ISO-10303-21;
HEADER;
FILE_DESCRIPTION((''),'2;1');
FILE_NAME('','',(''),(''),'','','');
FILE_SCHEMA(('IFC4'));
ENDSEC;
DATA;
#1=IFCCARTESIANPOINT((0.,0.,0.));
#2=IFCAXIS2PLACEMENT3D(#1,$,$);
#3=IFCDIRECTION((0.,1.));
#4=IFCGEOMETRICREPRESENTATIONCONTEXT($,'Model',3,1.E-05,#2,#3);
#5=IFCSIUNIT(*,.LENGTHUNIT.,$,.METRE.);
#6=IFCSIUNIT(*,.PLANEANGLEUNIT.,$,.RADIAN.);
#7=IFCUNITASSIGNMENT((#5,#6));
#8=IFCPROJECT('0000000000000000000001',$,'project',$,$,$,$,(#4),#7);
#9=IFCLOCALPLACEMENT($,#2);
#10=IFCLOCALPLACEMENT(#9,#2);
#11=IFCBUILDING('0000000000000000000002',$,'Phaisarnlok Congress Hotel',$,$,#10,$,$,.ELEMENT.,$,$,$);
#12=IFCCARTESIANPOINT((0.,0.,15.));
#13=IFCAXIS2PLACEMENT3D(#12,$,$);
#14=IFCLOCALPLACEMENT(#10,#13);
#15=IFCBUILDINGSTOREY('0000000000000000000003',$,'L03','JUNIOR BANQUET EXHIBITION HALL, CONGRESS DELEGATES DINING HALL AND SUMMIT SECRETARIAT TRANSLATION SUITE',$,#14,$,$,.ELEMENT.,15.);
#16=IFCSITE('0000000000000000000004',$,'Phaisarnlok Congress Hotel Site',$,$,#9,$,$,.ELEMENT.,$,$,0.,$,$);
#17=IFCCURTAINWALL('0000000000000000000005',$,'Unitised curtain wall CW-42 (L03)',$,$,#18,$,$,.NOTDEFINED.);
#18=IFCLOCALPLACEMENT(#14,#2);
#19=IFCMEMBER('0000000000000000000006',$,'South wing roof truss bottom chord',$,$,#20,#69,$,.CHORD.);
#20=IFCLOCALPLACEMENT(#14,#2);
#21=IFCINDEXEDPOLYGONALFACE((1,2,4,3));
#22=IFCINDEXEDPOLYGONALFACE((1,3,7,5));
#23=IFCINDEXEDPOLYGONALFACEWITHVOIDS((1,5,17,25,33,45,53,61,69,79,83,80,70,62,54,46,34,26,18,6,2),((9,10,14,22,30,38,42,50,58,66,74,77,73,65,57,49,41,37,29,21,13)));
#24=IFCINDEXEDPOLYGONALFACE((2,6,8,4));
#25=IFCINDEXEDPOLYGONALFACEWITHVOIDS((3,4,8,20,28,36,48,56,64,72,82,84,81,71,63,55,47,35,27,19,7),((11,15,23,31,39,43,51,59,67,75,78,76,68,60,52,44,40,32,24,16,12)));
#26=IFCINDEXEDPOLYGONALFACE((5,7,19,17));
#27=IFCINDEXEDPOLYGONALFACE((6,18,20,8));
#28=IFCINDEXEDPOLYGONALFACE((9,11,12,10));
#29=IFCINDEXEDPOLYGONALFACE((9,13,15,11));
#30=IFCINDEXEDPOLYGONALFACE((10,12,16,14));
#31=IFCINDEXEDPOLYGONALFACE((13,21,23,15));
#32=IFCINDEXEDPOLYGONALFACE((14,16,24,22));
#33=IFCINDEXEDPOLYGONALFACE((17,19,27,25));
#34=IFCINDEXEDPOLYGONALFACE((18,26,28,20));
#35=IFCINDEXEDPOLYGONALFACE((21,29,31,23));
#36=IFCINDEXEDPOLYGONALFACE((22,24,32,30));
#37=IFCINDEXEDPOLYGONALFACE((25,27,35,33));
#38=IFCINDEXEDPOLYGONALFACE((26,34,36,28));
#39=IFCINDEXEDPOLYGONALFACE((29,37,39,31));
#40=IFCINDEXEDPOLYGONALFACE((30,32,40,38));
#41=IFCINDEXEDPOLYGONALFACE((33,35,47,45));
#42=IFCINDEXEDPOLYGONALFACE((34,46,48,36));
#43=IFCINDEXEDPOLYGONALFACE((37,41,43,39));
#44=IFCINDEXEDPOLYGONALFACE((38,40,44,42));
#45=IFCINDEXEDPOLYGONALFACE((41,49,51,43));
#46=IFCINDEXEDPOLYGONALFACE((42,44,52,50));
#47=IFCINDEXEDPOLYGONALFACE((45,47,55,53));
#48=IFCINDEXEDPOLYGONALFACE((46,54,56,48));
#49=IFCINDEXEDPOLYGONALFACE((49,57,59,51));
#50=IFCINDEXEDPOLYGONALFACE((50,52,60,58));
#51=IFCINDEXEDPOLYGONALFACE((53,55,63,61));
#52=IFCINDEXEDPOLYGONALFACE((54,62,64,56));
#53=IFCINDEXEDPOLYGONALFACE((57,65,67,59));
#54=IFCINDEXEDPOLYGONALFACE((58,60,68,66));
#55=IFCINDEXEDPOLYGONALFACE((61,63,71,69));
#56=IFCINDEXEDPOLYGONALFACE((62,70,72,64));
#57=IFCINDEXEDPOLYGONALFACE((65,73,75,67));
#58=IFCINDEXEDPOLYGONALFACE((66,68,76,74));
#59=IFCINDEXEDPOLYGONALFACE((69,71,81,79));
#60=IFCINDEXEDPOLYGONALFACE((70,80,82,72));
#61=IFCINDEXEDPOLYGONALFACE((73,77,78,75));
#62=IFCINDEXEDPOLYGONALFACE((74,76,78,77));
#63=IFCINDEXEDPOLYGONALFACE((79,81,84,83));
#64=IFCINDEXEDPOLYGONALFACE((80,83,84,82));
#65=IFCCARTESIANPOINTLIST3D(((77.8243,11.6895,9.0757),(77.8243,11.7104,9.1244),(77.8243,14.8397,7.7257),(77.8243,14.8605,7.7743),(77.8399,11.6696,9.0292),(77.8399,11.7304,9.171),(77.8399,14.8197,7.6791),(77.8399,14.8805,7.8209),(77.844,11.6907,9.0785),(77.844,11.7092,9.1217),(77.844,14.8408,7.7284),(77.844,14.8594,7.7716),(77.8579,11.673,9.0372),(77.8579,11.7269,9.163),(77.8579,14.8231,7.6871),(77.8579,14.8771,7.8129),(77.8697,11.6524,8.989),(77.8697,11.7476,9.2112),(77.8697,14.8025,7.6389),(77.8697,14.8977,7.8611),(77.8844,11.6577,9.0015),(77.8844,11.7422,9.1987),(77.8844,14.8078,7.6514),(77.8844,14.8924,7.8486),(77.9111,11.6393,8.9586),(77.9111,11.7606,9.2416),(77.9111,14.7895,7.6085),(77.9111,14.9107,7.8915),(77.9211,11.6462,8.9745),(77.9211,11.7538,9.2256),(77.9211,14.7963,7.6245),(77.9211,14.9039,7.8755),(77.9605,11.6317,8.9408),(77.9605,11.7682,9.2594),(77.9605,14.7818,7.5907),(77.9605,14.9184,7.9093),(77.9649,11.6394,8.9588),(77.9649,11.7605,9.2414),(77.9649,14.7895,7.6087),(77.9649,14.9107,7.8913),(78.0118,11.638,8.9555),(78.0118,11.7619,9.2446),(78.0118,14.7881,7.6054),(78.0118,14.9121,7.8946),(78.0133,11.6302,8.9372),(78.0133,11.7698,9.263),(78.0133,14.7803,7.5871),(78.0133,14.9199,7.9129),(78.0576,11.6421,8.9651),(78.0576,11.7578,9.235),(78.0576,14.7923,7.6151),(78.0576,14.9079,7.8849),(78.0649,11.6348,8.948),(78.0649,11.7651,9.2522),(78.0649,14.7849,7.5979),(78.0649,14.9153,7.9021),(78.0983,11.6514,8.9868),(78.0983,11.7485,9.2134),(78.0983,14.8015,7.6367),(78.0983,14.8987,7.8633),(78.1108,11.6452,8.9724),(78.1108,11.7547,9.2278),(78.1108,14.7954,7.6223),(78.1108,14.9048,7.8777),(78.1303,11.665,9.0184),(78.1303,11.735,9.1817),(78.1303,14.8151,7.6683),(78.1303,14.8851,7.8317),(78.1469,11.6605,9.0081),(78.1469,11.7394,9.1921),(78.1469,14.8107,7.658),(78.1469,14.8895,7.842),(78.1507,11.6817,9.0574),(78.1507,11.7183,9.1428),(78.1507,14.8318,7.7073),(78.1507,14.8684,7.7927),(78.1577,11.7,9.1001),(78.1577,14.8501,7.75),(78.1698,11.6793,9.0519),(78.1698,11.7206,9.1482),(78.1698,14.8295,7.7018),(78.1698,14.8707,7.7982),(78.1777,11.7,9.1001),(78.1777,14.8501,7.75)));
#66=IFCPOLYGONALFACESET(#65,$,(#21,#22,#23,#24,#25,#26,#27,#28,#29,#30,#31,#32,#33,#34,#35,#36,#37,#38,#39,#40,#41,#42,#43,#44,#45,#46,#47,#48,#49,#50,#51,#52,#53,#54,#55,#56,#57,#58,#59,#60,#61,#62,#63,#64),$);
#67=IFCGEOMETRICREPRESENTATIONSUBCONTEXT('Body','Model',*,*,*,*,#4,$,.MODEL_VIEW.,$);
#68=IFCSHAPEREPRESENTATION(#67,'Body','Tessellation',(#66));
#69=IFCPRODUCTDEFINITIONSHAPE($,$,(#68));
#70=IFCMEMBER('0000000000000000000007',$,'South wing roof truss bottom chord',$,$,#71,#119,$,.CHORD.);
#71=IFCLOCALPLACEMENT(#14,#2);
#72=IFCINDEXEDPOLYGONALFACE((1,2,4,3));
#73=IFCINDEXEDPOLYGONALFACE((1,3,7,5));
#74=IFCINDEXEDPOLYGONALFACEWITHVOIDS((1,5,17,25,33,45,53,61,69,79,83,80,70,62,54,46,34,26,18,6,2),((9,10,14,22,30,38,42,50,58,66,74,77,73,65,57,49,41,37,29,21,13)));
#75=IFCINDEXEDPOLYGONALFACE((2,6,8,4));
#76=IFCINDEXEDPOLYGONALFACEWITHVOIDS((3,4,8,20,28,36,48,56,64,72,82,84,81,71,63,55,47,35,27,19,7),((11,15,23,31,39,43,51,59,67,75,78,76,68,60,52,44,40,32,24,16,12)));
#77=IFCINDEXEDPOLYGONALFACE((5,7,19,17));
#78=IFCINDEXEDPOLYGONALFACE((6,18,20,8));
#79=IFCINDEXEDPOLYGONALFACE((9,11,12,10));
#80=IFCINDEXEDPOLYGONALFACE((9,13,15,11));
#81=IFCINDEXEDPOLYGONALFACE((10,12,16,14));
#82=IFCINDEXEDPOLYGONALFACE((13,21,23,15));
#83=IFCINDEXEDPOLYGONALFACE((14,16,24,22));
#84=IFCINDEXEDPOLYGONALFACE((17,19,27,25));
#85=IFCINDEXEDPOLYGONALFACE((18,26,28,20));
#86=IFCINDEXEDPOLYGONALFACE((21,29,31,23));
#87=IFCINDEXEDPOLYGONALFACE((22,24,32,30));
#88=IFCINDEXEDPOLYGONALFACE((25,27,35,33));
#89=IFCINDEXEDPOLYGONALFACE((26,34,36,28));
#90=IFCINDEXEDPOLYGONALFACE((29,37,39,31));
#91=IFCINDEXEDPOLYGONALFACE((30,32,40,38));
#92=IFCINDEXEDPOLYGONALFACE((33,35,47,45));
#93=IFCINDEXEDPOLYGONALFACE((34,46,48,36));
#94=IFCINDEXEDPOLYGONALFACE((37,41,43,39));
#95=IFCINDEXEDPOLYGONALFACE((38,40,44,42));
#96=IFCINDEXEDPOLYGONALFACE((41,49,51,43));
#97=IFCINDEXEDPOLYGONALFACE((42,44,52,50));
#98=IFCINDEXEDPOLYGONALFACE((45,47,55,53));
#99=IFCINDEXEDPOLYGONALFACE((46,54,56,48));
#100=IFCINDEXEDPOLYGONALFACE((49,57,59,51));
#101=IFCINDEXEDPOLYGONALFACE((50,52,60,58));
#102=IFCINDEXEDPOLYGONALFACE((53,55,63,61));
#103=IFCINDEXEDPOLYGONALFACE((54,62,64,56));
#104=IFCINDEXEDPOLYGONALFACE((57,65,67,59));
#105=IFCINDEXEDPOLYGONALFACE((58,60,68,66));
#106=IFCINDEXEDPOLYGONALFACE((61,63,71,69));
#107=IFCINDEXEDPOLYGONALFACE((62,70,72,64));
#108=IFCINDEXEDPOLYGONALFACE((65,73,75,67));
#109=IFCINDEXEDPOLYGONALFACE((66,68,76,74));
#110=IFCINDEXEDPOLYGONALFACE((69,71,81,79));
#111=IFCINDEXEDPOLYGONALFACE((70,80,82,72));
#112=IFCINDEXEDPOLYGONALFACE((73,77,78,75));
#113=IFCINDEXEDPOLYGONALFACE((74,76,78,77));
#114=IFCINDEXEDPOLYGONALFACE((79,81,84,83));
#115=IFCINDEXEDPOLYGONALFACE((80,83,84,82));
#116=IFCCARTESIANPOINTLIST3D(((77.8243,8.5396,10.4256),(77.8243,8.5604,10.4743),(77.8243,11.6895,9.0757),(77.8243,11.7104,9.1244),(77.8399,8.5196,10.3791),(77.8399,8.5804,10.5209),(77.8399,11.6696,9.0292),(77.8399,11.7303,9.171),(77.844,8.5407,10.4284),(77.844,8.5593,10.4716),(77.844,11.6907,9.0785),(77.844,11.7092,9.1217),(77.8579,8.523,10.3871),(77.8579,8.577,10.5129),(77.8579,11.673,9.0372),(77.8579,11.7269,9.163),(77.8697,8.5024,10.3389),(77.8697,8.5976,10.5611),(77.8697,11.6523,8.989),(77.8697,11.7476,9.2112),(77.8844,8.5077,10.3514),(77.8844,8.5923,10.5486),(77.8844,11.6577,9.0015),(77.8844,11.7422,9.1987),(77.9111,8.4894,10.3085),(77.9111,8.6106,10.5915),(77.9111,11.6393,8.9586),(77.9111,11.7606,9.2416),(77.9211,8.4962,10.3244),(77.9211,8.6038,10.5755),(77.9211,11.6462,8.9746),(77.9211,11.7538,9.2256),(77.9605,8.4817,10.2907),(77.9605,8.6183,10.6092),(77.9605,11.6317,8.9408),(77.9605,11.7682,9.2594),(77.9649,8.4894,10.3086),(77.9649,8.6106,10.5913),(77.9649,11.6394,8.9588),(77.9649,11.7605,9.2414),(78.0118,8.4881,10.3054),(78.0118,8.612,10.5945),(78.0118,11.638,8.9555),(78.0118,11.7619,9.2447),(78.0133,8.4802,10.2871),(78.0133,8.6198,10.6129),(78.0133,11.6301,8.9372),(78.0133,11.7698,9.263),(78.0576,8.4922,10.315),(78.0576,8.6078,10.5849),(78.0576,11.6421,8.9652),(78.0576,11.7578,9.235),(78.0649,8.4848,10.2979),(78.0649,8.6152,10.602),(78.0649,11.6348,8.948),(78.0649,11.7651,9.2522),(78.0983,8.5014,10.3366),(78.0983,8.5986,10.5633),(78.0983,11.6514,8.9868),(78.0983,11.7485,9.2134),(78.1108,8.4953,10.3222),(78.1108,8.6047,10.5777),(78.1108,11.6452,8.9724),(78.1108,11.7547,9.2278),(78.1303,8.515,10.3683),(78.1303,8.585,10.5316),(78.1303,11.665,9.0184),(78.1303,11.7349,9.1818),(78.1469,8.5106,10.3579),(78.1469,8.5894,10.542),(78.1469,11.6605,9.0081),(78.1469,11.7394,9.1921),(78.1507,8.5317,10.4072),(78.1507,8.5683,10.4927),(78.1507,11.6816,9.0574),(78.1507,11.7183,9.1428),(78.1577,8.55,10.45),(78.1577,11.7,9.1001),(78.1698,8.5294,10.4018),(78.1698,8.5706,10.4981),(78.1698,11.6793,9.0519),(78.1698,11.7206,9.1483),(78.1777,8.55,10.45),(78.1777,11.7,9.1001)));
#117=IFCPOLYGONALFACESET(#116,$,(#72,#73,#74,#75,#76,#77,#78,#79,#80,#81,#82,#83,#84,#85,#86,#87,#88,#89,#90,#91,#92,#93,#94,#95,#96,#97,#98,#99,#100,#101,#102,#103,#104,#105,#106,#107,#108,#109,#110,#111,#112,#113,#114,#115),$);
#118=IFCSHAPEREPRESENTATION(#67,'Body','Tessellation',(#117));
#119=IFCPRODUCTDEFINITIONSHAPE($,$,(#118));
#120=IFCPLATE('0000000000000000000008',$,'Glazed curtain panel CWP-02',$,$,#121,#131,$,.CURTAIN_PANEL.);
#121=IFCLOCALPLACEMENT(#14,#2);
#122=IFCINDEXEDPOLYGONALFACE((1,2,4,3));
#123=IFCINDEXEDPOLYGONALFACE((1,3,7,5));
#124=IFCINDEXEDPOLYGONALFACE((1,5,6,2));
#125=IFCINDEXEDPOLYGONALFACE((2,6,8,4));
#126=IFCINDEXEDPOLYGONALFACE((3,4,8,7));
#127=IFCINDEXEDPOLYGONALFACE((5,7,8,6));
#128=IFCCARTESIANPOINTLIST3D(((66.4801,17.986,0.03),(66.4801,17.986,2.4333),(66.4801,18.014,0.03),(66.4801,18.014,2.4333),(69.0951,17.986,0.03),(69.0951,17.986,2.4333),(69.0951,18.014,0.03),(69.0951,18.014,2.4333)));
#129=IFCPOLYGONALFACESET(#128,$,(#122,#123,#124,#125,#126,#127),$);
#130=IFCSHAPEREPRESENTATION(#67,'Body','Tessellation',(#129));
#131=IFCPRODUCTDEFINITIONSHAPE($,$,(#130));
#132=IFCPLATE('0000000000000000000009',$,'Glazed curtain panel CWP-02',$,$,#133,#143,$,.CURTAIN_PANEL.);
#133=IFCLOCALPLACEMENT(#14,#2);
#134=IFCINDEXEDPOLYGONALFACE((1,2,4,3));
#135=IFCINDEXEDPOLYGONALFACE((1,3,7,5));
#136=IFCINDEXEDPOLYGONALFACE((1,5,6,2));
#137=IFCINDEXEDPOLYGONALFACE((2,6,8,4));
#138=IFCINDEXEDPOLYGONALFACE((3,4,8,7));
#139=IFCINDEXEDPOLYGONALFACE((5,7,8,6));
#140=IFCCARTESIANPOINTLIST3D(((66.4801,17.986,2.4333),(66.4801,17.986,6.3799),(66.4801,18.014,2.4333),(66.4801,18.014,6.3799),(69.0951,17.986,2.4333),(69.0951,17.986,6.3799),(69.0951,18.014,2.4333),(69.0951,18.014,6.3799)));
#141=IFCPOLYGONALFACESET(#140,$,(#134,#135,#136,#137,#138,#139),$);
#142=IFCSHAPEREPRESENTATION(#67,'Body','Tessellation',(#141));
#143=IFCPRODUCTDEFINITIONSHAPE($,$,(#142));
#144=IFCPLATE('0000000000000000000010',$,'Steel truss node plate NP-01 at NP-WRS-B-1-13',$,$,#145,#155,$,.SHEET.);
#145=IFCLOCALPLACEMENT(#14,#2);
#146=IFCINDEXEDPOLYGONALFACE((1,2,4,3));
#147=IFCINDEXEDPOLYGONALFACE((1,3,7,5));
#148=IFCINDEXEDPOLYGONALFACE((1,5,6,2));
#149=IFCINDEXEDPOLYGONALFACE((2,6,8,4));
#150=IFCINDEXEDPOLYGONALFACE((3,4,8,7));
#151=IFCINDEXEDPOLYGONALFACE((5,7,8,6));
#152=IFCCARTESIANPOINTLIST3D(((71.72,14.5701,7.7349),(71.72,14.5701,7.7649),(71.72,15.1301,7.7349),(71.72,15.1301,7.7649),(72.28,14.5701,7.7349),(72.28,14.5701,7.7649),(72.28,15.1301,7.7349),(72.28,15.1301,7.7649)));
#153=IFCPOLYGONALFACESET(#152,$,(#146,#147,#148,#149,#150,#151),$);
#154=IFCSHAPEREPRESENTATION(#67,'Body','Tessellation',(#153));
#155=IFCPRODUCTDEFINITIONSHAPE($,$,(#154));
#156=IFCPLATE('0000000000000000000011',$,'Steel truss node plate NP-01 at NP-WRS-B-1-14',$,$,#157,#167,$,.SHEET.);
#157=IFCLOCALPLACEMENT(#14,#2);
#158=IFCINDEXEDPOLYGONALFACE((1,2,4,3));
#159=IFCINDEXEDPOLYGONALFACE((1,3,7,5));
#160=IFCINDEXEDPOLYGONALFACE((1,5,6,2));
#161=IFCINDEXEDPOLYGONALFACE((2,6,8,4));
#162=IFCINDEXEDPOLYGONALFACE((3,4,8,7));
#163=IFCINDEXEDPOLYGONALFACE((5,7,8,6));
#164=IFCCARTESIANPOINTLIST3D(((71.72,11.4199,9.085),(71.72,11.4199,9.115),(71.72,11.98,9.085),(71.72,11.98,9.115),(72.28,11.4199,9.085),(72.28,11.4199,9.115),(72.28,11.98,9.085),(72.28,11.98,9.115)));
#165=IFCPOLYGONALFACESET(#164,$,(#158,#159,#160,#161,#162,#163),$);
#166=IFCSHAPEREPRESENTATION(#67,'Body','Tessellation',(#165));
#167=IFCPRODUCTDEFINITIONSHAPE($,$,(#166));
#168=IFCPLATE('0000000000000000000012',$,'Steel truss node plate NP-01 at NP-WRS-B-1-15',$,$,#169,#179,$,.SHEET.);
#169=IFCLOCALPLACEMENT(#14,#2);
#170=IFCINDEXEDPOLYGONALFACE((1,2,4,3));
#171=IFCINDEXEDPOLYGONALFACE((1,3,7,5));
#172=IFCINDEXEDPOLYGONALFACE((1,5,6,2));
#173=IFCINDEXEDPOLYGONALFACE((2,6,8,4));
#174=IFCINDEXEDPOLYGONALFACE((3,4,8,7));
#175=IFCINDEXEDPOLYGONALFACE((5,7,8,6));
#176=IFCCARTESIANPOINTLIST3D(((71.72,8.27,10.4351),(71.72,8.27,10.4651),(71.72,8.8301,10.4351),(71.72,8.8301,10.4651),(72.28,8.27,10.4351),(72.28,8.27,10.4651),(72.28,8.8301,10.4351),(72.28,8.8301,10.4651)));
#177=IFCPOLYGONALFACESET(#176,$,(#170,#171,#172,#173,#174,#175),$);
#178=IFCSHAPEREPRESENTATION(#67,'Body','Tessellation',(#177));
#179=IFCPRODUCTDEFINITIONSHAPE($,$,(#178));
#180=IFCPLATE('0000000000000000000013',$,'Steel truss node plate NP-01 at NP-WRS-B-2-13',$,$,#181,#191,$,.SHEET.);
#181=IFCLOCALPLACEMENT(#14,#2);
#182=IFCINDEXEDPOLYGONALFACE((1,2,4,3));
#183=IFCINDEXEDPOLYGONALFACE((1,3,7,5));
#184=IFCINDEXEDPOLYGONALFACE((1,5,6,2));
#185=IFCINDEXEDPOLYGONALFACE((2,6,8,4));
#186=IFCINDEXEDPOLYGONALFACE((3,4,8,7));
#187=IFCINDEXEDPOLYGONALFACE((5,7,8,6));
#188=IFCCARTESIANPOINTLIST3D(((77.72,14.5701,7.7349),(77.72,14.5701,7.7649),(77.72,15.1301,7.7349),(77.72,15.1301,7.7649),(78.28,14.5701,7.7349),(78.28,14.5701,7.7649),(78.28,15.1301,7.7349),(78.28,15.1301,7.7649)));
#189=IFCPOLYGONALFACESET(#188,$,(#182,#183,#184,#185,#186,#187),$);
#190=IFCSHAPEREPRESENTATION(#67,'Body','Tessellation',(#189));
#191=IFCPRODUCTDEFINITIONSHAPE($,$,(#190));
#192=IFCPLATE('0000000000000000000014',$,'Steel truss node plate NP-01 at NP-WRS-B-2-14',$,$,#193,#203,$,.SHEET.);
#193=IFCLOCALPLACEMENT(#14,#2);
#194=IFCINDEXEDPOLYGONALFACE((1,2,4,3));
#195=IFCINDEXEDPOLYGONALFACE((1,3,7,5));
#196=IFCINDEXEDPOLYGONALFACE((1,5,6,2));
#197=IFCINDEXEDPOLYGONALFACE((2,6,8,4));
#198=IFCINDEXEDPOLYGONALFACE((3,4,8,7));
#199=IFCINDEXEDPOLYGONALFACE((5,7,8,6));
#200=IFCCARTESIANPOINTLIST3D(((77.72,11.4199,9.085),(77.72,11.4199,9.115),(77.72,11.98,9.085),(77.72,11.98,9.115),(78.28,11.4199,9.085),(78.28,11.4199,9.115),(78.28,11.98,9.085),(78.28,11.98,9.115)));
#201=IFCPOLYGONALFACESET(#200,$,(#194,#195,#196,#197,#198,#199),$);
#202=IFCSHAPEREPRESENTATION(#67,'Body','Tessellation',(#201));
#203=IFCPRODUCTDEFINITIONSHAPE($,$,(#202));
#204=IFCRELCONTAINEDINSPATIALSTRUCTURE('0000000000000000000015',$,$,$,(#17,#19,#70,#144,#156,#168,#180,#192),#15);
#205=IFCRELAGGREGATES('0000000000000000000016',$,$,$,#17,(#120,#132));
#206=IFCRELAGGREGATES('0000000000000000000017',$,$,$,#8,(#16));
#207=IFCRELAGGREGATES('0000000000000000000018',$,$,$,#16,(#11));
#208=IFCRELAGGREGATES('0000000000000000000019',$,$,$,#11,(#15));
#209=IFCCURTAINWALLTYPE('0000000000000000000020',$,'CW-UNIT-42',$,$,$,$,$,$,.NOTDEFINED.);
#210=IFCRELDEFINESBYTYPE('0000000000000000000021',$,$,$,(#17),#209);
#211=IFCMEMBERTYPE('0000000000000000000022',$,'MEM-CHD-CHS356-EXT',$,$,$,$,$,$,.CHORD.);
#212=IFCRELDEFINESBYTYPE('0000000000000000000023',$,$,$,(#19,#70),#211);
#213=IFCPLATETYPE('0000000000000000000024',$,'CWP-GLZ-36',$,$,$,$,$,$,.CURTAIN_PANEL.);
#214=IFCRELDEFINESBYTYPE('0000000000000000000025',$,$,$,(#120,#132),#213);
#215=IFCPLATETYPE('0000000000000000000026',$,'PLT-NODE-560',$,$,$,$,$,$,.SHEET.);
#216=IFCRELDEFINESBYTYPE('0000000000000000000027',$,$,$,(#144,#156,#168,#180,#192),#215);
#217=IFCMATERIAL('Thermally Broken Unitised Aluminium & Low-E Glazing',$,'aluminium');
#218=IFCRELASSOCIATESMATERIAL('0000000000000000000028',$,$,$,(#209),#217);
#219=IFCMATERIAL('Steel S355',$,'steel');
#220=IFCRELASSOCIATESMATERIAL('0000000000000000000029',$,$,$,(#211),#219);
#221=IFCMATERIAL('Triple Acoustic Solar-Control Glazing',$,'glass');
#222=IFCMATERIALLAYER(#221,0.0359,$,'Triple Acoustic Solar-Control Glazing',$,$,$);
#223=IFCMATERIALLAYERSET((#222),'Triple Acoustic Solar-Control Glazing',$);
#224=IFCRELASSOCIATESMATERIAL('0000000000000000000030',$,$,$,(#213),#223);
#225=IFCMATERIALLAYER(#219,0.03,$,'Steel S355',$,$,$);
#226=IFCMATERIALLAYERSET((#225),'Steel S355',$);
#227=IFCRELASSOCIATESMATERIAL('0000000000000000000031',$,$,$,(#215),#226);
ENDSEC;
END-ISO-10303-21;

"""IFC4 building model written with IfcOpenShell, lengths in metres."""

from ifc_helpers import new_model, si_unit, direction, frame, frame_2d, origin, origin_2d, place, context, subcontext, project, spatial, rectangle, hollow_circle, extrude, material, layer, layer_set, material_profile, profile_set, type_object, element, aggregate, save


model = new_model("IFC4")

# Units and contexts
model_context = context("Model", 3, precision=1e-05, world=origin(), true_north=direction((0.0, 1.0)))
body_context = subcontext(model_context, "Body", "Model", "MODEL_VIEW")
ifc_project = project(units=[si_unit("LENGTHUNIT", "METRE"), si_unit("PLANEANGLEUNIT", "RADIAN")], contexts=[model_context])

# Site, building, storey
site_placement = place(None, origin())
site = spatial("IfcSite", under=ifc_project, at=site_placement, Name="Phaisarnlok Congress Hotel Site", CompositionType="ELEMENT", RefElevation=0.0)
building_placement = place(site_placement, origin())
building = spatial("IfcBuilding", under=site, at=building_placement, Name="Phaisarnlok Congress Hotel", CompositionType="ELEMENT")
storey_placement = place(building_placement, frame((0.0, 0.0, 15.0)))
storey = spatial("IfcBuildingStorey", under=building, at=storey_placement, Name="L03", Description="JUNIOR BANQUET EXHIBITION HALL, CONGRESS DELEGATES DINING HALL AND SUMMIT SECRETARIAT TRANSLATION SUITE", CompositionType="ELEMENT", Elevation=15.0)

# Curtain wall
ifc_material_1 = material(Name="Thermally Broken Unitised Aluminium & Low-E Glazing", Category="aluminium")
curtain_wall_type = type_object("IfcCurtainWallType", Name="CW-UNIT-42", PredefinedType="NOTDEFINED", material=ifc_material_1)
curtain_wall_placement = place(storey_placement, origin())
curtain_wall = element("IfcCurtainWall", 1, at=curtain_wall_placement, inside=storey, type_object=curtain_wall_type, Name="Unitised curtain wall CW-42 (L03)", PredefinedType="NOTDEFINED")

# Members
ifc_material_2 = material(Name="Steel S355", Category="steel")
ifc_material_profile_1 = material_profile(ifc_material_2, hollow_circle(Radius=0.1777, WallThickness=0.02, at=origin_2d()), Name="CHS 355.6x20")
ifc_profile_set_1 = profile_set([ifc_material_profile_1], Name="Steel S355")
member_type_1 = type_object("IfcMemberType", Name="MEM-CHD-CHS356-EXT", PredefinedType="CHORD", material=ifc_profile_set_1)
member_1_placement = place(storey_placement, frame((78.0, 14.8501, 7.75), z_axis=(0.0, -0.919141, 0.393928), x_axis=(1.0, 0.0, 0.0)))
element("IfcMember", 2, at=member_1_placement, inside=storey, type_object=member_type_1, Name="South wing roof truss bottom chord", PredefinedType="CHORD", context=body_context, shape_type="SweptSolid", body=[
    extrude(hollow_circle(Radius=0.1777, WallThickness=0.02, at=origin_2d()), origin(), (0.0, 0.0, 1.0), 3.4272),
])
member_2_placement = place(storey_placement, frame((78.0, 11.7, 9.1001), z_axis=(0.0, -0.919156, 0.393894), x_axis=(1.0, 0.0, 0.0)))
element("IfcMember", 3, at=member_2_placement, inside=storey, type_object=member_type_1, Name="South wing roof truss bottom chord", PredefinedType="CHORD", context=body_context, shape_type="SweptSolid", body=[
    extrude(hollow_circle(Radius=0.1777, WallThickness=0.02, at=origin_2d()), origin(), (0.0, 0.0, 1.0), 3.427),
])

# Plates
ifc_material_3 = material(Name="Triple Acoustic Solar-Control Glazing", Category="glass")
ifc_layer_1 = layer(ifc_material_3, 0.0359, Name="Triple Acoustic Solar-Control Glazing")
ifc_layer_set_1 = layer_set([ifc_layer_1], Name="Triple Acoustic Solar-Control Glazing")
plate_type_1 = type_object("IfcPlateType", Name="CWP-GLZ-36", PredefinedType="CURTAIN_PANEL", material=ifc_layer_set_1)
plate_1_placement = place(storey_placement, frame((66.48, 18.0, 0.03), z_axis=(0.0, 0.0, 1.0), x_axis=(1.0, 0.0, 0.0)))
plate_1 = element("IfcPlate", 4, at=plate_1_placement, type_object=plate_type_1, Name="Glazed curtain panel CWP-02", PredefinedType="CURTAIN_PANEL", context=body_context, shape_type="SweptSolid", body=[
    extrude(rectangle(XDim=2.615, YDim=0.0281, at=frame_2d((1.3076, 0.0))), origin(), (0.0, 0.0, 1.0), 2.4033),
])
plate_2_placement = place(storey_placement, frame((66.48, 18.0, 2.4333), z_axis=(0.0, 0.0, 1.0), x_axis=(1.0, 0.0, 0.0)))
plate_2 = element("IfcPlate", 5, at=plate_2_placement, type_object=plate_type_1, Name="Glazed curtain panel CWP-02", PredefinedType="CURTAIN_PANEL", context=body_context, shape_type="SweptSolid", body=[
    extrude(rectangle(XDim=2.615, YDim=0.0281, at=frame_2d((1.3076, 0.0))), origin(), (0.0, 0.0, 1.0), 3.9465),
])
aggregate(curtain_wall, [plate_1, plate_2])

# Plates
ifc_layer_2 = layer(ifc_material_2, 0.03, Name="Steel S355")
ifc_layer_set_2 = layer_set([ifc_layer_2], Name="Steel S355")
plate_type_2 = type_object("IfcPlateType", Name="PLT-NODE-560", PredefinedType="SHEET", material=ifc_layer_set_2)
for number, where, z_axis, x_axis, name in (
    (6, (72.0, 14.8501, 7.7349), (0.0, 0.0, 1.0), (1.0, 0.0, 0.0), "Steel truss node plate NP-01 at NP-WRS-B-1-13"),
    (7, (72.0, 11.7, 9.085), (0.0, 0.0, 1.0), (1.0, 0.0, 0.0), "Steel truss node plate NP-01 at NP-WRS-B-1-14"),
    (8, (72.0, 8.55, 10.4351), (0.0, 0.0, 1.0), (1.0, 0.0, 0.0), "Steel truss node plate NP-01 at NP-WRS-B-1-15"),
    (9, (78.0, 14.8501, 7.7349), (0.0, 0.0, 1.0), (1.0, 0.0, 0.0), "Steel truss node plate NP-01 at NP-WRS-B-2-13"),
    (10, (78.0, 11.7, 9.085), (0.0, 0.0, 1.0), (1.0, 0.0, 0.0), "Steel truss node plate NP-01 at NP-WRS-B-2-14"),
):
    element("IfcPlate", number, at=place(storey_placement, frame(where, z_axis=z_axis, x_axis=x_axis)), inside=storey, type_object=plate_type_2, Name=name, PredefinedType="SHEET", context=body_context, shape_type="SweptSolid", body=[
        extrude(rectangle(XDim=0.5601, YDim=0.5601, at=origin_2d()), origin(), (0.0, 0.0, 1.0), 0.03),
    ])

save(model, "model.ifc")
